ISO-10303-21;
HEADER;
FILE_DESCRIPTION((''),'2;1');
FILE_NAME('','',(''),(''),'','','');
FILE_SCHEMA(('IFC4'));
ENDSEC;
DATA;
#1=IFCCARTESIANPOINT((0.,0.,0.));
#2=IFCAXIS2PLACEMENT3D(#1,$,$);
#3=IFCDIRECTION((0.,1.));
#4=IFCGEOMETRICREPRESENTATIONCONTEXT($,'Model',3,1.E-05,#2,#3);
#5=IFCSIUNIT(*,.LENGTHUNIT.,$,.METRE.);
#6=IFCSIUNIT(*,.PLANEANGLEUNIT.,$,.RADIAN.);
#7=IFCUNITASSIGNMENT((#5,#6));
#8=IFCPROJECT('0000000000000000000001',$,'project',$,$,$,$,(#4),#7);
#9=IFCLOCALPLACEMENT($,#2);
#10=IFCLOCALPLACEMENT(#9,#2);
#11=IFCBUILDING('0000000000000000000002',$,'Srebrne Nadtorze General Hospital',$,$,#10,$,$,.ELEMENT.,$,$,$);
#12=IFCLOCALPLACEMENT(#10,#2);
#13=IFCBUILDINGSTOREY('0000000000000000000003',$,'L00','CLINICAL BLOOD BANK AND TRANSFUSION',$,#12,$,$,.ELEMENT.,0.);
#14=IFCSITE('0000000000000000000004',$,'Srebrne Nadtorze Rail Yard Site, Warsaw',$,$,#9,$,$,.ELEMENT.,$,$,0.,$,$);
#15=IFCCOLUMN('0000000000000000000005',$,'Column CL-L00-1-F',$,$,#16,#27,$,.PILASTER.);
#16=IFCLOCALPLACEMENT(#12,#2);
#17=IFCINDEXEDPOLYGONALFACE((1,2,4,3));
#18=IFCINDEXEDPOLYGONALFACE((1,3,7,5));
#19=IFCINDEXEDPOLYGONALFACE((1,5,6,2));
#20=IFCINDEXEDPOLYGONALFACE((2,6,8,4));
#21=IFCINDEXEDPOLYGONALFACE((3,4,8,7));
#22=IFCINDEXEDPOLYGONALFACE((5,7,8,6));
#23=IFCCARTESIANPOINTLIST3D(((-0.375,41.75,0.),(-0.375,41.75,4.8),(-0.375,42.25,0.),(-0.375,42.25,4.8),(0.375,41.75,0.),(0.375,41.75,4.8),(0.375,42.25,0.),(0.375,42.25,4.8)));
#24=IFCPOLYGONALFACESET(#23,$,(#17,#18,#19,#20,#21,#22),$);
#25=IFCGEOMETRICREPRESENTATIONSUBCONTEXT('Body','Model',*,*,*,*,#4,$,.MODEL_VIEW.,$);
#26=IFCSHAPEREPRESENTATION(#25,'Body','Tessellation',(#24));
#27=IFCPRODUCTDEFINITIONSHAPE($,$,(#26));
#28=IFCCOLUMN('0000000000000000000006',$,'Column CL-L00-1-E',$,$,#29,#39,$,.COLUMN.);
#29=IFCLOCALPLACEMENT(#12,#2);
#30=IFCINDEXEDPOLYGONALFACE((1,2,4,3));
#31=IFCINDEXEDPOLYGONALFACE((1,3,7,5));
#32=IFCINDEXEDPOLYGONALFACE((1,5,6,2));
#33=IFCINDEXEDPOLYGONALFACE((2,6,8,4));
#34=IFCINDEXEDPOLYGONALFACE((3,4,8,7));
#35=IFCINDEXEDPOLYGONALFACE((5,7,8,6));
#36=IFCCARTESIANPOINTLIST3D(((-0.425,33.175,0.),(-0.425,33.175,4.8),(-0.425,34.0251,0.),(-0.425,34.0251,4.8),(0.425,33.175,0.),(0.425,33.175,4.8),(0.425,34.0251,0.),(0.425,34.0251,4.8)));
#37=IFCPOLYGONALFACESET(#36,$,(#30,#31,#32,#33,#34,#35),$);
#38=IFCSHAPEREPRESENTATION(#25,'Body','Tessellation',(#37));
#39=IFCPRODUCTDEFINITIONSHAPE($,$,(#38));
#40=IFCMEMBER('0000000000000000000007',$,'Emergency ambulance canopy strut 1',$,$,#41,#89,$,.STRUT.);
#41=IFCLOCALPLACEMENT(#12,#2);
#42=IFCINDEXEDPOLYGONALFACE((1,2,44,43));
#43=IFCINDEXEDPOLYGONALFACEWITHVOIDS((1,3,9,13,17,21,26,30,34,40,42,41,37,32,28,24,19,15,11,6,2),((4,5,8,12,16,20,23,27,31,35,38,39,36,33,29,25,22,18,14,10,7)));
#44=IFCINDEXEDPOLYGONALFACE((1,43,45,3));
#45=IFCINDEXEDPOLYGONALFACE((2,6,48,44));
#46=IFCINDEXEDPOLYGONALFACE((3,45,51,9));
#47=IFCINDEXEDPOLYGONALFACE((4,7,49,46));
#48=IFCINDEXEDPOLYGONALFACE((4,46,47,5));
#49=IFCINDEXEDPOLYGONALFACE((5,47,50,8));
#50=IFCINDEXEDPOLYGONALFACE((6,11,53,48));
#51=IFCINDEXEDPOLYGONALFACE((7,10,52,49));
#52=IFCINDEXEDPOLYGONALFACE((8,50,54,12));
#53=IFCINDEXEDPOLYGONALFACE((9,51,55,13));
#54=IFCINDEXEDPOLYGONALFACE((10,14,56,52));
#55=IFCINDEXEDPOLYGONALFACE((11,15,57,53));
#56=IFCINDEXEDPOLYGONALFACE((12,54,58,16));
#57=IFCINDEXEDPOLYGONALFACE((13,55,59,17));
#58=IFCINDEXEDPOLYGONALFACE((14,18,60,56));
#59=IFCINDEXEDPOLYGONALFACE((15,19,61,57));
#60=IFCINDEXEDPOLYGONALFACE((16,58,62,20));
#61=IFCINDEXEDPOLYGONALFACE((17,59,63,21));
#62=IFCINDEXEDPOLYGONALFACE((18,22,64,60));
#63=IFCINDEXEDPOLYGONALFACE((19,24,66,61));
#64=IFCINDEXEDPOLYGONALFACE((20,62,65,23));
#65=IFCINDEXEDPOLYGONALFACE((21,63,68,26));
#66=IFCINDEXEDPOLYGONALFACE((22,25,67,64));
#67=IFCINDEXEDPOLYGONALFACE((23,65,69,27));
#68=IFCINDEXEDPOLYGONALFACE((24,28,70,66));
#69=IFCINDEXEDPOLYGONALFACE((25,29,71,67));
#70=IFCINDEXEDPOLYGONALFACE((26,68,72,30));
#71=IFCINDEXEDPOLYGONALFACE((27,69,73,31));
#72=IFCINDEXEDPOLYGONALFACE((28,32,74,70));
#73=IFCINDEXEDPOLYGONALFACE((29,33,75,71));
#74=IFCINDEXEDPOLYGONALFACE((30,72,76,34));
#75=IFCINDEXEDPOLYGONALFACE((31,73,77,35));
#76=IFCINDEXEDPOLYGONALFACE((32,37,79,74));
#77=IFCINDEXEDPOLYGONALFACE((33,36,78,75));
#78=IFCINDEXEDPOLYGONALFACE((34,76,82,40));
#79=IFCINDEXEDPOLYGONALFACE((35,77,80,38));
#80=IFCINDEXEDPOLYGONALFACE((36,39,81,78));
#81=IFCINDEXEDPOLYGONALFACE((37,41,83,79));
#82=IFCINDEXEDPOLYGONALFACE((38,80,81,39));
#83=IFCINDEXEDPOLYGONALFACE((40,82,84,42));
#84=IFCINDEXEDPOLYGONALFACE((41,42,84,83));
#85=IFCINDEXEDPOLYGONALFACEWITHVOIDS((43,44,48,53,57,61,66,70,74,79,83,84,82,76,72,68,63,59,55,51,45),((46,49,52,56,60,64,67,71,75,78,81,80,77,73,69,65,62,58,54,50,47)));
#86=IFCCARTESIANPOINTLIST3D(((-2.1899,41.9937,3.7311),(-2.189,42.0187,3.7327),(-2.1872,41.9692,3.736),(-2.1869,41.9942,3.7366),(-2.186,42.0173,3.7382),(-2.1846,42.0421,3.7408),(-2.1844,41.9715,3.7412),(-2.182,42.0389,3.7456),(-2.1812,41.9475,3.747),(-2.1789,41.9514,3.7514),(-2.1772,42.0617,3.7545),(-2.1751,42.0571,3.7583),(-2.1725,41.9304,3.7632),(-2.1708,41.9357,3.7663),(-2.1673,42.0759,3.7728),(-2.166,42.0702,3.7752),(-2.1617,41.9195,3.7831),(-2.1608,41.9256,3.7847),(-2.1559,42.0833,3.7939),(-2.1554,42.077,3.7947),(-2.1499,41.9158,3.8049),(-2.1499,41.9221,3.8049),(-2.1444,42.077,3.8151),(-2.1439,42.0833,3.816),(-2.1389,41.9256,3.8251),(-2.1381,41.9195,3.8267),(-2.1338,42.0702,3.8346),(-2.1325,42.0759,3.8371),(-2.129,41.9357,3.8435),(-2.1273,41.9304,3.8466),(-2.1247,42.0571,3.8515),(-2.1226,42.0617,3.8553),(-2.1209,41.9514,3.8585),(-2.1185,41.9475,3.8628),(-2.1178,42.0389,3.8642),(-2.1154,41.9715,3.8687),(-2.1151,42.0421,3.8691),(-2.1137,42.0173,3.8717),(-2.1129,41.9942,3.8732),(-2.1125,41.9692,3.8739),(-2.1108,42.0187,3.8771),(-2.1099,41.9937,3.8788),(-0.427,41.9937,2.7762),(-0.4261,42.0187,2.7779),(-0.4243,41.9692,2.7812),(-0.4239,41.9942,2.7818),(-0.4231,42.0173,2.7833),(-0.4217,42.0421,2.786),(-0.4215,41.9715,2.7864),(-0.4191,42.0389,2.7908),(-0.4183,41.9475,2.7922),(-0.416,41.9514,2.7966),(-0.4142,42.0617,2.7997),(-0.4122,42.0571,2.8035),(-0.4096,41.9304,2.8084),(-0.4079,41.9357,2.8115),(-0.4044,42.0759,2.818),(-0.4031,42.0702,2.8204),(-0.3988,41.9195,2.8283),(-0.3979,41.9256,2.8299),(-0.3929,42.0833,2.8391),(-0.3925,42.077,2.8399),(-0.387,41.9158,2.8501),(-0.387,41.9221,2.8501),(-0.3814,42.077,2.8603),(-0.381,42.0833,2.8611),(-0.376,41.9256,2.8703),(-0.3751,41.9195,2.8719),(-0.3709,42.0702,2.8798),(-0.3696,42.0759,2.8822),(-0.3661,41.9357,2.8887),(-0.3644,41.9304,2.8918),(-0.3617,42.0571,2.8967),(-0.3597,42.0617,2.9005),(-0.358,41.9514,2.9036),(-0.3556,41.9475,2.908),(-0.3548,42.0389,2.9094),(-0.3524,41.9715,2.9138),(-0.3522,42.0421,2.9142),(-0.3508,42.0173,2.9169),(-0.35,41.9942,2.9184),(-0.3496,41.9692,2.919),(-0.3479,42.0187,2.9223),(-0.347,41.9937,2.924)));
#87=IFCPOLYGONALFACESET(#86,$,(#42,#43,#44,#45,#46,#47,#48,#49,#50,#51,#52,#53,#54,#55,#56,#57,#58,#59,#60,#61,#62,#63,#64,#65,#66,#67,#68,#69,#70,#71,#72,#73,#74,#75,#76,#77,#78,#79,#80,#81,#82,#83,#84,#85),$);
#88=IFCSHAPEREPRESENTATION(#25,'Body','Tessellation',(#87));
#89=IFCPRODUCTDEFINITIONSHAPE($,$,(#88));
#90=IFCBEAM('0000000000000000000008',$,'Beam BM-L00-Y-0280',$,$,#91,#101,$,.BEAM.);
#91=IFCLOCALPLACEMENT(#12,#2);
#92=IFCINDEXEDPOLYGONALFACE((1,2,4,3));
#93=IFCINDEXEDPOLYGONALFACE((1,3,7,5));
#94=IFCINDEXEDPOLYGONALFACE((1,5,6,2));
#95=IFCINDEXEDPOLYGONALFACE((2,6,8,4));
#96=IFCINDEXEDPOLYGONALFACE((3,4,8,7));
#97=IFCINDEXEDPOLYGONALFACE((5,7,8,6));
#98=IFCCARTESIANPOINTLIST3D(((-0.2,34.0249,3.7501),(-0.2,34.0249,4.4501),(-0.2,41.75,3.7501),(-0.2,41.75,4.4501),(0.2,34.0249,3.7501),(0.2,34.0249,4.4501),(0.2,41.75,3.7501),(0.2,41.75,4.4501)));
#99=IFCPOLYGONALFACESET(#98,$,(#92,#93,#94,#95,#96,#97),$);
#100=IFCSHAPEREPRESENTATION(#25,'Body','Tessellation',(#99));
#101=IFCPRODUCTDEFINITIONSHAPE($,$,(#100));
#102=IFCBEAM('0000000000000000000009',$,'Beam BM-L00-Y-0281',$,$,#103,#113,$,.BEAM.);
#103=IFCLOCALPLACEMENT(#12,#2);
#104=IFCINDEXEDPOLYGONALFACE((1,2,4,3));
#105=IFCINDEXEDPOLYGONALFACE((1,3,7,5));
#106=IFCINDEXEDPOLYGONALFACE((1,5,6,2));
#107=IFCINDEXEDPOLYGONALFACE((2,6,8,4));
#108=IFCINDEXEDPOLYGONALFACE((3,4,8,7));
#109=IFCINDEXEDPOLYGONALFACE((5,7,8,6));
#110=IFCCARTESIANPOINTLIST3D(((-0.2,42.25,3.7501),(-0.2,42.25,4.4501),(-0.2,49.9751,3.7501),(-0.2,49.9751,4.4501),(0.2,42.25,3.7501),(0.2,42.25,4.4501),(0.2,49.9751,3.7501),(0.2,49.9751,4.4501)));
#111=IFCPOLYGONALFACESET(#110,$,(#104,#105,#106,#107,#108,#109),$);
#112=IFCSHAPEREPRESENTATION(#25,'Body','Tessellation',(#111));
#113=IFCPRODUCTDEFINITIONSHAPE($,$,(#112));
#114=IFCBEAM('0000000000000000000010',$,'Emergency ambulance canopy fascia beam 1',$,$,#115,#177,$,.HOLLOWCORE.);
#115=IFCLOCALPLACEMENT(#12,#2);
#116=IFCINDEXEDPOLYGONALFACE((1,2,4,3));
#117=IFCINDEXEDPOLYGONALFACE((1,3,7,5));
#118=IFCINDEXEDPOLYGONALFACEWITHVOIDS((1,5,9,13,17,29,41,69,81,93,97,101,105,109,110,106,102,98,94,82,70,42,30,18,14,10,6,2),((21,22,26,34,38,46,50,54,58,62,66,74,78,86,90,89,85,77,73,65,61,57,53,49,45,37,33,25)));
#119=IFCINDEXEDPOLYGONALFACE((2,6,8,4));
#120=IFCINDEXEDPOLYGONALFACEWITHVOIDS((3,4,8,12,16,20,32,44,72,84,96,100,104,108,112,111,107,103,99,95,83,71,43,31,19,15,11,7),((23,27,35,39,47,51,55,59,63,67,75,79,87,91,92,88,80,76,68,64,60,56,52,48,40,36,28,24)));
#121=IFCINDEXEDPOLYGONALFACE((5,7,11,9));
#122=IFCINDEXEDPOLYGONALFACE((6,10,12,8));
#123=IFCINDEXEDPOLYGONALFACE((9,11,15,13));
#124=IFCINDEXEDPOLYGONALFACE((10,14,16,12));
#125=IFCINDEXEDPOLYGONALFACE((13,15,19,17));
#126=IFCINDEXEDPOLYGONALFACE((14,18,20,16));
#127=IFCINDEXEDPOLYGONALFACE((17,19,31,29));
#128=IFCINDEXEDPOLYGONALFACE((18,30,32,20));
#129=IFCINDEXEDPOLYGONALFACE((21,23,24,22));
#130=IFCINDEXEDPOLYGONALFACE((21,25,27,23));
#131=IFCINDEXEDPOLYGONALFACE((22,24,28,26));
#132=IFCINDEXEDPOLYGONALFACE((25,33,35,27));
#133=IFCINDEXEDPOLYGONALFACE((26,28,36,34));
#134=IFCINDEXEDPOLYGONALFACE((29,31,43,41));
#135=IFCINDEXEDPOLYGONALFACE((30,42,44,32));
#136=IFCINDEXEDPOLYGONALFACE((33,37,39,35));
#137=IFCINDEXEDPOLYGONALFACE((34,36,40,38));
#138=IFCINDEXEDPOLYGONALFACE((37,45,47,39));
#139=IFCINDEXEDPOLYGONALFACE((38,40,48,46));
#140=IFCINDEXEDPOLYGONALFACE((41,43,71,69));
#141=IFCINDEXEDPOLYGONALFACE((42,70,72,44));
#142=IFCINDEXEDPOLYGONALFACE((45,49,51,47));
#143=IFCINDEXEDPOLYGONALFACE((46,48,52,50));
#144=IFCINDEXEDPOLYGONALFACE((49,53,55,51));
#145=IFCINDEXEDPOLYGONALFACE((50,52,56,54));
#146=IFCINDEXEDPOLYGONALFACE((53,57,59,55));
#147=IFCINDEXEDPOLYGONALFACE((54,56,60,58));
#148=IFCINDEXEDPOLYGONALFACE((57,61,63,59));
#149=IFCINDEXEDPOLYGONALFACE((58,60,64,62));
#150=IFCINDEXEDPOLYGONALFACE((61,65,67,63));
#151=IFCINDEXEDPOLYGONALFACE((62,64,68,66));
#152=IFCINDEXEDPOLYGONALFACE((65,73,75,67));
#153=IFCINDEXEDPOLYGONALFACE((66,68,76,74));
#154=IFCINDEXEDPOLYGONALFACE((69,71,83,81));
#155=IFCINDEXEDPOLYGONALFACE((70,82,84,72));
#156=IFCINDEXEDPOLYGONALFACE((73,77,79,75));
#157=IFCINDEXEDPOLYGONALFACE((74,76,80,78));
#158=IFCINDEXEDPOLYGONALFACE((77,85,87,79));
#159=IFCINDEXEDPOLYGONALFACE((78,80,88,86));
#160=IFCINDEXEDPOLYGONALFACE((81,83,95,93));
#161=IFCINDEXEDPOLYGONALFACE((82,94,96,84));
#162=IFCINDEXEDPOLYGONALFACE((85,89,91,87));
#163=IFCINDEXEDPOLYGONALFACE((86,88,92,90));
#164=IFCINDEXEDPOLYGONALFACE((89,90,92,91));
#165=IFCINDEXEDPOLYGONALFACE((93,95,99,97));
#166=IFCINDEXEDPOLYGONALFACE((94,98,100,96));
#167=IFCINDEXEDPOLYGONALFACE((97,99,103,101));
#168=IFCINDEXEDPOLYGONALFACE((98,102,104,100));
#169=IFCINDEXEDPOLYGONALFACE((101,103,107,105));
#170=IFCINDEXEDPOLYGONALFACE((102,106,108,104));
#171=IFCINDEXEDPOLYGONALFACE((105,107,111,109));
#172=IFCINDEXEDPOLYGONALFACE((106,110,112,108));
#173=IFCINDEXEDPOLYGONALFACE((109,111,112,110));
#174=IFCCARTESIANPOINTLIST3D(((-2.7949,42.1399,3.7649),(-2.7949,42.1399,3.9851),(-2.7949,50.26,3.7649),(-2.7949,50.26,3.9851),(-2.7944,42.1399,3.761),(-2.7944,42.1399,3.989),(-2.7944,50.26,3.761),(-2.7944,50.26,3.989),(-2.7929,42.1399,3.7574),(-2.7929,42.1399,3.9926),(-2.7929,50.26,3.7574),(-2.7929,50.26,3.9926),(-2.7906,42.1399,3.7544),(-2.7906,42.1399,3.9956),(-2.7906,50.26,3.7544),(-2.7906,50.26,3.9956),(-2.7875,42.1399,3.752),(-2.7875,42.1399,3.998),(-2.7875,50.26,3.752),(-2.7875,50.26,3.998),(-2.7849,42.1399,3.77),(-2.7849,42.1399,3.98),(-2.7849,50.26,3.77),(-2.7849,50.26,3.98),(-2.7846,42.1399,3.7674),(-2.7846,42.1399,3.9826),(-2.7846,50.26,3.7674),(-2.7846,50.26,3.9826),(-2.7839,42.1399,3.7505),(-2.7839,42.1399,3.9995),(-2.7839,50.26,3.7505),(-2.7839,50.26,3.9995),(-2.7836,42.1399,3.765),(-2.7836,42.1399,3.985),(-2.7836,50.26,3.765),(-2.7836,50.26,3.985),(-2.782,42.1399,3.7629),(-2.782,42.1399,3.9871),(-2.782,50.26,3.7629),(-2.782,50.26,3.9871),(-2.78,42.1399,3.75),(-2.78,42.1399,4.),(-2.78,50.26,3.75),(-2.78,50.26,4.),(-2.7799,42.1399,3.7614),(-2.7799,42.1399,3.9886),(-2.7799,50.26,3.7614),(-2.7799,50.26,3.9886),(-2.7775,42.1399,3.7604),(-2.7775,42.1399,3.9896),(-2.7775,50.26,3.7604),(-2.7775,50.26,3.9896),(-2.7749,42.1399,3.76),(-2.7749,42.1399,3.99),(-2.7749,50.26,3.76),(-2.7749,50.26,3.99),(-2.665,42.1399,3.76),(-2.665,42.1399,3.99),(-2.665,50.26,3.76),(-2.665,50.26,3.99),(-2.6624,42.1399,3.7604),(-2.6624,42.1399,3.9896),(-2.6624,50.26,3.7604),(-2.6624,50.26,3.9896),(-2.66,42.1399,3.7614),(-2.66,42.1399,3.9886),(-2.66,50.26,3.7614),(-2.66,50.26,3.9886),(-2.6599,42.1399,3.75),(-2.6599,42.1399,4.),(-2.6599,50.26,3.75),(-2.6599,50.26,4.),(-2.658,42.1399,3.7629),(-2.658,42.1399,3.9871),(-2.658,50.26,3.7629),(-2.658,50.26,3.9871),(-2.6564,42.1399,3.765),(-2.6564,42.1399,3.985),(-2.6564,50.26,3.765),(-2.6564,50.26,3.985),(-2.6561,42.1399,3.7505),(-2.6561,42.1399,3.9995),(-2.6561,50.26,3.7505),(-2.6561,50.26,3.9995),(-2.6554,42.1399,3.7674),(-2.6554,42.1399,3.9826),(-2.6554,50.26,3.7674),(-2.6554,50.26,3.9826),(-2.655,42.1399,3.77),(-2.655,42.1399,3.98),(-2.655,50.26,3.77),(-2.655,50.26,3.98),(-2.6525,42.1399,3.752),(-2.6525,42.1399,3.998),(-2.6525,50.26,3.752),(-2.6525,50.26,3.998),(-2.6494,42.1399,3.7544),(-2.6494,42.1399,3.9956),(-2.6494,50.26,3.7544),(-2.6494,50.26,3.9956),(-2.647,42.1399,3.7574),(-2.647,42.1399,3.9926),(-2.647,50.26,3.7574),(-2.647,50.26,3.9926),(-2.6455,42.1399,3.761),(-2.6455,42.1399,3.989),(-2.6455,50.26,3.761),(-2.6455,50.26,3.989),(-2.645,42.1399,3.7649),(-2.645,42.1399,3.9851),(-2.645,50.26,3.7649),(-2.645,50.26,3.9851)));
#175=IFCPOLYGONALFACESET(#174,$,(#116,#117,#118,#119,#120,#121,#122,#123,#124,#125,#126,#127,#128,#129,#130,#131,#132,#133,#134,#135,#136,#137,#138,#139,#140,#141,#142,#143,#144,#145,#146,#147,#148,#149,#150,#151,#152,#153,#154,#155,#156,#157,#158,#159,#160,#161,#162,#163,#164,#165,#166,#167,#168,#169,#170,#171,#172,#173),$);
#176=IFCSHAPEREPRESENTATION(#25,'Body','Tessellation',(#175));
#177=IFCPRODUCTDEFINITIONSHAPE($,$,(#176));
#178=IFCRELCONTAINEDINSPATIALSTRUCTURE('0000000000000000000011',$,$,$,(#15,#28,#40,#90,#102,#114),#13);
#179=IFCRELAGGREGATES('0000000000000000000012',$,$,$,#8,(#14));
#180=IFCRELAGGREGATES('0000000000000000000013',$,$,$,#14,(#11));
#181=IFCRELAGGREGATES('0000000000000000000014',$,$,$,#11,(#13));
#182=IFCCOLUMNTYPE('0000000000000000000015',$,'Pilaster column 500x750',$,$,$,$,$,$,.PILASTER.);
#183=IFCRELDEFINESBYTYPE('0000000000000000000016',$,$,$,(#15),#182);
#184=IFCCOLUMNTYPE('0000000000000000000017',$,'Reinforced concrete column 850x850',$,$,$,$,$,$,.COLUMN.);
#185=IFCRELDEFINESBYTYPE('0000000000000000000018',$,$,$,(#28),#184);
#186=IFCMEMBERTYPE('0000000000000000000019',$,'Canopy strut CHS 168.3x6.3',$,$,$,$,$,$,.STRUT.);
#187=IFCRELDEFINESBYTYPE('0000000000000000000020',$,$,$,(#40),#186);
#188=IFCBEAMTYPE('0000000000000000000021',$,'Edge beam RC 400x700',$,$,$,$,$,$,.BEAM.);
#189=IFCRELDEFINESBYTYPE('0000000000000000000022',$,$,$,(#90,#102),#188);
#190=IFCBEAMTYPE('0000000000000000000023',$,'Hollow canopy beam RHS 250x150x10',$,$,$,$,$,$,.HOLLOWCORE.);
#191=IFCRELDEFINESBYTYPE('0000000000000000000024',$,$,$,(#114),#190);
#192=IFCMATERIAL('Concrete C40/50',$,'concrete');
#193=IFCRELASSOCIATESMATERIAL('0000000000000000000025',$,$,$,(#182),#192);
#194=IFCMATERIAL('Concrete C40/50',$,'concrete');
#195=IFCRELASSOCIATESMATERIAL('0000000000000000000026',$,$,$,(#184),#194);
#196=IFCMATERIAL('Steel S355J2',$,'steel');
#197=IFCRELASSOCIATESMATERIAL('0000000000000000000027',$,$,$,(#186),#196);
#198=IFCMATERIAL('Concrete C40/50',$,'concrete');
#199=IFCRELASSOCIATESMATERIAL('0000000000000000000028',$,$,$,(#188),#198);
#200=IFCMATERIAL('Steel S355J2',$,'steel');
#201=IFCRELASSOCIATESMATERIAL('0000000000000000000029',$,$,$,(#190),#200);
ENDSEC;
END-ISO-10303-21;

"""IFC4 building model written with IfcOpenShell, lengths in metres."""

from ifc_helpers import new_model, si_unit, direction, frame, origin, origin_2d, place, context, subcontext, project, spatial, rectangle, hollow_rectangle, hollow_circle, extrude, material, material_profile, profile_set, type_object, element, save


model = new_model("IFC4")

# Units and contexts
model_context = context("Model", 3, precision=1e-05, world=origin(), true_north=direction((0.0, 1.0)))
body_context = subcontext(model_context, "Body", "Model", "MODEL_VIEW")
ifc_project = project(units=[si_unit("LENGTHUNIT", "METRE"), si_unit("PLANEANGLEUNIT", "RADIAN")], contexts=[model_context])

# Site, building, storey
site_placement = place(None, origin())
site = spatial("IfcSite", under=ifc_project, at=site_placement, Name="Srebrne Nadtorze Rail Yard Site, Warsaw", CompositionType="ELEMENT", RefElevation=0.0)
building_placement = place(site_placement, origin())
building = spatial("IfcBuilding", under=site, at=building_placement, Name="Srebrne Nadtorze General Hospital", CompositionType="ELEMENT")
storey_placement = place(building_placement, origin())
storey = spatial("IfcBuildingStorey", under=building, at=storey_placement, Name="L00", Description="CLINICAL BLOOD BANK AND TRANSFUSION", CompositionType="ELEMENT", Elevation=0.0)

# Columns
ifc_material_1 = material(Name="Concrete C40/50", Category="concrete")
ifc_material_profile_1 = material_profile(ifc_material_1, rectangle(XDim=0.5, YDim=0.75, at=origin_2d()), Name="RC-PIL-500x750")
ifc_profile_set_1 = profile_set([ifc_material_profile_1], Name="Concrete C40/50")
column_type_1 = type_object("IfcColumnType", Name="Pilaster column 500x750", PredefinedType="PILASTER", material=ifc_profile_set_1)
column_1_placement = place(storey_placement, frame((0.0, 42.0, 0.0), z_axis=(0.0, 0.0, 1.0), x_axis=(0.0, 1.0, 0.0)))
element("IfcColumn", 1, at=column_1_placement, inside=storey, type_object=column_type_1, Name="Column CL-L00-1-F", PredefinedType="PILASTER", context=body_context, shape_type="SweptSolid", body=[
    extrude(rectangle(XDim=0.5, YDim=0.75, at=origin_2d()), origin(), (0.0, 0.0, 1.0), 4.8),
])
ifc_material_2 = material(Name="Concrete C40/50", Category="concrete")
ifc_material_profile_2 = material_profile(ifc_material_2, rectangle(XDim=0.8501, YDim=0.8501, at=origin_2d()), Name="RC-COL-850x850")
ifc_profile_set_2 = profile_set([ifc_material_profile_2], Name="Concrete C40/50")
column_type_2 = type_object("IfcColumnType", Name="Reinforced concrete column 850x850", PredefinedType="COLUMN", material=ifc_profile_set_2)
column_2_placement = place(storey_placement, frame((0.0, 33.6001, 0.0), z_axis=(0.0, 0.0, 1.0), x_axis=(1.0, 0.0, 0.0)))
element("IfcColumn", 2, at=column_2_placement, inside=storey, type_object=column_type_2, Name="Column CL-L00-1-E", PredefinedType="COLUMN", context=body_context, shape_type="SweptSolid", body=[
    extrude(rectangle(XDim=0.8501, YDim=0.8501, at=origin_2d()), origin(), (0.0, 0.0, 1.0), 4.8),
])

# Member
ifc_material_3 = material(Name="Steel S355J2", Category="steel")
ifc_material_profile_3 = material_profile(ifc_material_3, hollow_circle(Radius=0.0842, WallThickness=0.0063, at=origin_2d()), Name="CHS-168.3x6.3")
ifc_profile_set_3 = profile_set([ifc_material_profile_3], Name="Steel S355J2")
member_type = type_object("IfcMemberType", Name="Canopy strut CHS 168.3x6.3", PredefinedType="STRUT", material=ifc_profile_set_3)
member_placement = place(storey_placement, frame((-0.387, 42.0, 2.8501), z_axis=(-0.879311, 0.0, 0.476248), x_axis=(0.0, -1.0, 0.0)))
element("IfcMember", 3, at=member_placement, inside=storey, type_object=member_type, Name="Emergency ambulance canopy strut 1", PredefinedType="STRUT", context=body_context, shape_type="SweptSolid", body=[
    extrude(hollow_circle(Radius=0.0842, WallThickness=0.0063, at=origin_2d()), origin(), (0.0, 0.0, 1.0), 2.0049),
])

# Beams
ifc_material_4 = material(Name="Concrete C40/50", Category="concrete")
ifc_material_profile_4 = material_profile(ifc_material_4, rectangle(XDim=0.3999, YDim=0.7, at=origin_2d()), Name="RC-BM-400x700")
ifc_profile_set_4 = profile_set([ifc_material_profile_4], Name="Concrete C40/50")
beam_type_1 = type_object("IfcBeamType", Name="Edge beam RC 400x700", PredefinedType="BEAM", material=ifc_profile_set_4)
for number, where, z_axis, x_axis, name in (
    (4, (0.0, 34.0249, 4.1001), (0.0, 1.0, 0.0), (-1.0, 0.0, 0.0), "Beam BM-L00-Y-0280"),
    (5, (0.0, 42.25, 4.1001), (0.0, 1.0, 0.0), (-1.0, 0.0, 0.0), "Beam BM-L00-Y-0281"),
):
    element("IfcBeam", number, at=place(storey_placement, frame(where, z_axis=z_axis, x_axis=x_axis)), inside=storey, type_object=beam_type_1, Name=name, PredefinedType="BEAM", context=body_context, shape_type="SweptSolid", body=[
        extrude(rectangle(XDim=0.3999, YDim=0.7, at=origin_2d()), origin(), (0.0, 0.0, 1.0), 7.7251),
    ])
ifc_material_5 = material(Name="Steel S355J2", Category="steel")
ifc_material_profile_5 = material_profile(ifc_material_5, hollow_rectangle(XDim=0.1499, YDim=0.25, WallThickness=0.01, InnerFilletRadius=0.01, OuterFilletRadius=0.0149, at=origin_2d()), Name="RHS-250x150x10")
ifc_profile_set_5 = profile_set([ifc_material_profile_5], Name="Steel S355J2")
beam_type_2 = type_object("IfcBeamType", Name="Hollow canopy beam RHS 250x150x10", PredefinedType="HOLLOWCORE", material=ifc_profile_set_5)
beam_1_placement = place(storey_placement, frame((-2.72, 42.1399, 3.875), z_axis=(0.0, 1.0, 0.0), x_axis=(-1.0, 0.0, 0.0)))
element("IfcBeam", 6, at=beam_1_placement, inside=storey, type_object=beam_type_2, Name="Emergency ambulance canopy fascia beam 1", PredefinedType="HOLLOWCORE", context=body_context, shape_type="SweptSolid", body=[
    extrude(hollow_rectangle(XDim=0.1499, YDim=0.25, WallThickness=0.01, InnerFilletRadius=0.01, OuterFilletRadius=0.0149, at=origin_2d()), origin(), (0.0, 0.0, 1.0), 8.1201),
])

save(model, "model.ifc")
